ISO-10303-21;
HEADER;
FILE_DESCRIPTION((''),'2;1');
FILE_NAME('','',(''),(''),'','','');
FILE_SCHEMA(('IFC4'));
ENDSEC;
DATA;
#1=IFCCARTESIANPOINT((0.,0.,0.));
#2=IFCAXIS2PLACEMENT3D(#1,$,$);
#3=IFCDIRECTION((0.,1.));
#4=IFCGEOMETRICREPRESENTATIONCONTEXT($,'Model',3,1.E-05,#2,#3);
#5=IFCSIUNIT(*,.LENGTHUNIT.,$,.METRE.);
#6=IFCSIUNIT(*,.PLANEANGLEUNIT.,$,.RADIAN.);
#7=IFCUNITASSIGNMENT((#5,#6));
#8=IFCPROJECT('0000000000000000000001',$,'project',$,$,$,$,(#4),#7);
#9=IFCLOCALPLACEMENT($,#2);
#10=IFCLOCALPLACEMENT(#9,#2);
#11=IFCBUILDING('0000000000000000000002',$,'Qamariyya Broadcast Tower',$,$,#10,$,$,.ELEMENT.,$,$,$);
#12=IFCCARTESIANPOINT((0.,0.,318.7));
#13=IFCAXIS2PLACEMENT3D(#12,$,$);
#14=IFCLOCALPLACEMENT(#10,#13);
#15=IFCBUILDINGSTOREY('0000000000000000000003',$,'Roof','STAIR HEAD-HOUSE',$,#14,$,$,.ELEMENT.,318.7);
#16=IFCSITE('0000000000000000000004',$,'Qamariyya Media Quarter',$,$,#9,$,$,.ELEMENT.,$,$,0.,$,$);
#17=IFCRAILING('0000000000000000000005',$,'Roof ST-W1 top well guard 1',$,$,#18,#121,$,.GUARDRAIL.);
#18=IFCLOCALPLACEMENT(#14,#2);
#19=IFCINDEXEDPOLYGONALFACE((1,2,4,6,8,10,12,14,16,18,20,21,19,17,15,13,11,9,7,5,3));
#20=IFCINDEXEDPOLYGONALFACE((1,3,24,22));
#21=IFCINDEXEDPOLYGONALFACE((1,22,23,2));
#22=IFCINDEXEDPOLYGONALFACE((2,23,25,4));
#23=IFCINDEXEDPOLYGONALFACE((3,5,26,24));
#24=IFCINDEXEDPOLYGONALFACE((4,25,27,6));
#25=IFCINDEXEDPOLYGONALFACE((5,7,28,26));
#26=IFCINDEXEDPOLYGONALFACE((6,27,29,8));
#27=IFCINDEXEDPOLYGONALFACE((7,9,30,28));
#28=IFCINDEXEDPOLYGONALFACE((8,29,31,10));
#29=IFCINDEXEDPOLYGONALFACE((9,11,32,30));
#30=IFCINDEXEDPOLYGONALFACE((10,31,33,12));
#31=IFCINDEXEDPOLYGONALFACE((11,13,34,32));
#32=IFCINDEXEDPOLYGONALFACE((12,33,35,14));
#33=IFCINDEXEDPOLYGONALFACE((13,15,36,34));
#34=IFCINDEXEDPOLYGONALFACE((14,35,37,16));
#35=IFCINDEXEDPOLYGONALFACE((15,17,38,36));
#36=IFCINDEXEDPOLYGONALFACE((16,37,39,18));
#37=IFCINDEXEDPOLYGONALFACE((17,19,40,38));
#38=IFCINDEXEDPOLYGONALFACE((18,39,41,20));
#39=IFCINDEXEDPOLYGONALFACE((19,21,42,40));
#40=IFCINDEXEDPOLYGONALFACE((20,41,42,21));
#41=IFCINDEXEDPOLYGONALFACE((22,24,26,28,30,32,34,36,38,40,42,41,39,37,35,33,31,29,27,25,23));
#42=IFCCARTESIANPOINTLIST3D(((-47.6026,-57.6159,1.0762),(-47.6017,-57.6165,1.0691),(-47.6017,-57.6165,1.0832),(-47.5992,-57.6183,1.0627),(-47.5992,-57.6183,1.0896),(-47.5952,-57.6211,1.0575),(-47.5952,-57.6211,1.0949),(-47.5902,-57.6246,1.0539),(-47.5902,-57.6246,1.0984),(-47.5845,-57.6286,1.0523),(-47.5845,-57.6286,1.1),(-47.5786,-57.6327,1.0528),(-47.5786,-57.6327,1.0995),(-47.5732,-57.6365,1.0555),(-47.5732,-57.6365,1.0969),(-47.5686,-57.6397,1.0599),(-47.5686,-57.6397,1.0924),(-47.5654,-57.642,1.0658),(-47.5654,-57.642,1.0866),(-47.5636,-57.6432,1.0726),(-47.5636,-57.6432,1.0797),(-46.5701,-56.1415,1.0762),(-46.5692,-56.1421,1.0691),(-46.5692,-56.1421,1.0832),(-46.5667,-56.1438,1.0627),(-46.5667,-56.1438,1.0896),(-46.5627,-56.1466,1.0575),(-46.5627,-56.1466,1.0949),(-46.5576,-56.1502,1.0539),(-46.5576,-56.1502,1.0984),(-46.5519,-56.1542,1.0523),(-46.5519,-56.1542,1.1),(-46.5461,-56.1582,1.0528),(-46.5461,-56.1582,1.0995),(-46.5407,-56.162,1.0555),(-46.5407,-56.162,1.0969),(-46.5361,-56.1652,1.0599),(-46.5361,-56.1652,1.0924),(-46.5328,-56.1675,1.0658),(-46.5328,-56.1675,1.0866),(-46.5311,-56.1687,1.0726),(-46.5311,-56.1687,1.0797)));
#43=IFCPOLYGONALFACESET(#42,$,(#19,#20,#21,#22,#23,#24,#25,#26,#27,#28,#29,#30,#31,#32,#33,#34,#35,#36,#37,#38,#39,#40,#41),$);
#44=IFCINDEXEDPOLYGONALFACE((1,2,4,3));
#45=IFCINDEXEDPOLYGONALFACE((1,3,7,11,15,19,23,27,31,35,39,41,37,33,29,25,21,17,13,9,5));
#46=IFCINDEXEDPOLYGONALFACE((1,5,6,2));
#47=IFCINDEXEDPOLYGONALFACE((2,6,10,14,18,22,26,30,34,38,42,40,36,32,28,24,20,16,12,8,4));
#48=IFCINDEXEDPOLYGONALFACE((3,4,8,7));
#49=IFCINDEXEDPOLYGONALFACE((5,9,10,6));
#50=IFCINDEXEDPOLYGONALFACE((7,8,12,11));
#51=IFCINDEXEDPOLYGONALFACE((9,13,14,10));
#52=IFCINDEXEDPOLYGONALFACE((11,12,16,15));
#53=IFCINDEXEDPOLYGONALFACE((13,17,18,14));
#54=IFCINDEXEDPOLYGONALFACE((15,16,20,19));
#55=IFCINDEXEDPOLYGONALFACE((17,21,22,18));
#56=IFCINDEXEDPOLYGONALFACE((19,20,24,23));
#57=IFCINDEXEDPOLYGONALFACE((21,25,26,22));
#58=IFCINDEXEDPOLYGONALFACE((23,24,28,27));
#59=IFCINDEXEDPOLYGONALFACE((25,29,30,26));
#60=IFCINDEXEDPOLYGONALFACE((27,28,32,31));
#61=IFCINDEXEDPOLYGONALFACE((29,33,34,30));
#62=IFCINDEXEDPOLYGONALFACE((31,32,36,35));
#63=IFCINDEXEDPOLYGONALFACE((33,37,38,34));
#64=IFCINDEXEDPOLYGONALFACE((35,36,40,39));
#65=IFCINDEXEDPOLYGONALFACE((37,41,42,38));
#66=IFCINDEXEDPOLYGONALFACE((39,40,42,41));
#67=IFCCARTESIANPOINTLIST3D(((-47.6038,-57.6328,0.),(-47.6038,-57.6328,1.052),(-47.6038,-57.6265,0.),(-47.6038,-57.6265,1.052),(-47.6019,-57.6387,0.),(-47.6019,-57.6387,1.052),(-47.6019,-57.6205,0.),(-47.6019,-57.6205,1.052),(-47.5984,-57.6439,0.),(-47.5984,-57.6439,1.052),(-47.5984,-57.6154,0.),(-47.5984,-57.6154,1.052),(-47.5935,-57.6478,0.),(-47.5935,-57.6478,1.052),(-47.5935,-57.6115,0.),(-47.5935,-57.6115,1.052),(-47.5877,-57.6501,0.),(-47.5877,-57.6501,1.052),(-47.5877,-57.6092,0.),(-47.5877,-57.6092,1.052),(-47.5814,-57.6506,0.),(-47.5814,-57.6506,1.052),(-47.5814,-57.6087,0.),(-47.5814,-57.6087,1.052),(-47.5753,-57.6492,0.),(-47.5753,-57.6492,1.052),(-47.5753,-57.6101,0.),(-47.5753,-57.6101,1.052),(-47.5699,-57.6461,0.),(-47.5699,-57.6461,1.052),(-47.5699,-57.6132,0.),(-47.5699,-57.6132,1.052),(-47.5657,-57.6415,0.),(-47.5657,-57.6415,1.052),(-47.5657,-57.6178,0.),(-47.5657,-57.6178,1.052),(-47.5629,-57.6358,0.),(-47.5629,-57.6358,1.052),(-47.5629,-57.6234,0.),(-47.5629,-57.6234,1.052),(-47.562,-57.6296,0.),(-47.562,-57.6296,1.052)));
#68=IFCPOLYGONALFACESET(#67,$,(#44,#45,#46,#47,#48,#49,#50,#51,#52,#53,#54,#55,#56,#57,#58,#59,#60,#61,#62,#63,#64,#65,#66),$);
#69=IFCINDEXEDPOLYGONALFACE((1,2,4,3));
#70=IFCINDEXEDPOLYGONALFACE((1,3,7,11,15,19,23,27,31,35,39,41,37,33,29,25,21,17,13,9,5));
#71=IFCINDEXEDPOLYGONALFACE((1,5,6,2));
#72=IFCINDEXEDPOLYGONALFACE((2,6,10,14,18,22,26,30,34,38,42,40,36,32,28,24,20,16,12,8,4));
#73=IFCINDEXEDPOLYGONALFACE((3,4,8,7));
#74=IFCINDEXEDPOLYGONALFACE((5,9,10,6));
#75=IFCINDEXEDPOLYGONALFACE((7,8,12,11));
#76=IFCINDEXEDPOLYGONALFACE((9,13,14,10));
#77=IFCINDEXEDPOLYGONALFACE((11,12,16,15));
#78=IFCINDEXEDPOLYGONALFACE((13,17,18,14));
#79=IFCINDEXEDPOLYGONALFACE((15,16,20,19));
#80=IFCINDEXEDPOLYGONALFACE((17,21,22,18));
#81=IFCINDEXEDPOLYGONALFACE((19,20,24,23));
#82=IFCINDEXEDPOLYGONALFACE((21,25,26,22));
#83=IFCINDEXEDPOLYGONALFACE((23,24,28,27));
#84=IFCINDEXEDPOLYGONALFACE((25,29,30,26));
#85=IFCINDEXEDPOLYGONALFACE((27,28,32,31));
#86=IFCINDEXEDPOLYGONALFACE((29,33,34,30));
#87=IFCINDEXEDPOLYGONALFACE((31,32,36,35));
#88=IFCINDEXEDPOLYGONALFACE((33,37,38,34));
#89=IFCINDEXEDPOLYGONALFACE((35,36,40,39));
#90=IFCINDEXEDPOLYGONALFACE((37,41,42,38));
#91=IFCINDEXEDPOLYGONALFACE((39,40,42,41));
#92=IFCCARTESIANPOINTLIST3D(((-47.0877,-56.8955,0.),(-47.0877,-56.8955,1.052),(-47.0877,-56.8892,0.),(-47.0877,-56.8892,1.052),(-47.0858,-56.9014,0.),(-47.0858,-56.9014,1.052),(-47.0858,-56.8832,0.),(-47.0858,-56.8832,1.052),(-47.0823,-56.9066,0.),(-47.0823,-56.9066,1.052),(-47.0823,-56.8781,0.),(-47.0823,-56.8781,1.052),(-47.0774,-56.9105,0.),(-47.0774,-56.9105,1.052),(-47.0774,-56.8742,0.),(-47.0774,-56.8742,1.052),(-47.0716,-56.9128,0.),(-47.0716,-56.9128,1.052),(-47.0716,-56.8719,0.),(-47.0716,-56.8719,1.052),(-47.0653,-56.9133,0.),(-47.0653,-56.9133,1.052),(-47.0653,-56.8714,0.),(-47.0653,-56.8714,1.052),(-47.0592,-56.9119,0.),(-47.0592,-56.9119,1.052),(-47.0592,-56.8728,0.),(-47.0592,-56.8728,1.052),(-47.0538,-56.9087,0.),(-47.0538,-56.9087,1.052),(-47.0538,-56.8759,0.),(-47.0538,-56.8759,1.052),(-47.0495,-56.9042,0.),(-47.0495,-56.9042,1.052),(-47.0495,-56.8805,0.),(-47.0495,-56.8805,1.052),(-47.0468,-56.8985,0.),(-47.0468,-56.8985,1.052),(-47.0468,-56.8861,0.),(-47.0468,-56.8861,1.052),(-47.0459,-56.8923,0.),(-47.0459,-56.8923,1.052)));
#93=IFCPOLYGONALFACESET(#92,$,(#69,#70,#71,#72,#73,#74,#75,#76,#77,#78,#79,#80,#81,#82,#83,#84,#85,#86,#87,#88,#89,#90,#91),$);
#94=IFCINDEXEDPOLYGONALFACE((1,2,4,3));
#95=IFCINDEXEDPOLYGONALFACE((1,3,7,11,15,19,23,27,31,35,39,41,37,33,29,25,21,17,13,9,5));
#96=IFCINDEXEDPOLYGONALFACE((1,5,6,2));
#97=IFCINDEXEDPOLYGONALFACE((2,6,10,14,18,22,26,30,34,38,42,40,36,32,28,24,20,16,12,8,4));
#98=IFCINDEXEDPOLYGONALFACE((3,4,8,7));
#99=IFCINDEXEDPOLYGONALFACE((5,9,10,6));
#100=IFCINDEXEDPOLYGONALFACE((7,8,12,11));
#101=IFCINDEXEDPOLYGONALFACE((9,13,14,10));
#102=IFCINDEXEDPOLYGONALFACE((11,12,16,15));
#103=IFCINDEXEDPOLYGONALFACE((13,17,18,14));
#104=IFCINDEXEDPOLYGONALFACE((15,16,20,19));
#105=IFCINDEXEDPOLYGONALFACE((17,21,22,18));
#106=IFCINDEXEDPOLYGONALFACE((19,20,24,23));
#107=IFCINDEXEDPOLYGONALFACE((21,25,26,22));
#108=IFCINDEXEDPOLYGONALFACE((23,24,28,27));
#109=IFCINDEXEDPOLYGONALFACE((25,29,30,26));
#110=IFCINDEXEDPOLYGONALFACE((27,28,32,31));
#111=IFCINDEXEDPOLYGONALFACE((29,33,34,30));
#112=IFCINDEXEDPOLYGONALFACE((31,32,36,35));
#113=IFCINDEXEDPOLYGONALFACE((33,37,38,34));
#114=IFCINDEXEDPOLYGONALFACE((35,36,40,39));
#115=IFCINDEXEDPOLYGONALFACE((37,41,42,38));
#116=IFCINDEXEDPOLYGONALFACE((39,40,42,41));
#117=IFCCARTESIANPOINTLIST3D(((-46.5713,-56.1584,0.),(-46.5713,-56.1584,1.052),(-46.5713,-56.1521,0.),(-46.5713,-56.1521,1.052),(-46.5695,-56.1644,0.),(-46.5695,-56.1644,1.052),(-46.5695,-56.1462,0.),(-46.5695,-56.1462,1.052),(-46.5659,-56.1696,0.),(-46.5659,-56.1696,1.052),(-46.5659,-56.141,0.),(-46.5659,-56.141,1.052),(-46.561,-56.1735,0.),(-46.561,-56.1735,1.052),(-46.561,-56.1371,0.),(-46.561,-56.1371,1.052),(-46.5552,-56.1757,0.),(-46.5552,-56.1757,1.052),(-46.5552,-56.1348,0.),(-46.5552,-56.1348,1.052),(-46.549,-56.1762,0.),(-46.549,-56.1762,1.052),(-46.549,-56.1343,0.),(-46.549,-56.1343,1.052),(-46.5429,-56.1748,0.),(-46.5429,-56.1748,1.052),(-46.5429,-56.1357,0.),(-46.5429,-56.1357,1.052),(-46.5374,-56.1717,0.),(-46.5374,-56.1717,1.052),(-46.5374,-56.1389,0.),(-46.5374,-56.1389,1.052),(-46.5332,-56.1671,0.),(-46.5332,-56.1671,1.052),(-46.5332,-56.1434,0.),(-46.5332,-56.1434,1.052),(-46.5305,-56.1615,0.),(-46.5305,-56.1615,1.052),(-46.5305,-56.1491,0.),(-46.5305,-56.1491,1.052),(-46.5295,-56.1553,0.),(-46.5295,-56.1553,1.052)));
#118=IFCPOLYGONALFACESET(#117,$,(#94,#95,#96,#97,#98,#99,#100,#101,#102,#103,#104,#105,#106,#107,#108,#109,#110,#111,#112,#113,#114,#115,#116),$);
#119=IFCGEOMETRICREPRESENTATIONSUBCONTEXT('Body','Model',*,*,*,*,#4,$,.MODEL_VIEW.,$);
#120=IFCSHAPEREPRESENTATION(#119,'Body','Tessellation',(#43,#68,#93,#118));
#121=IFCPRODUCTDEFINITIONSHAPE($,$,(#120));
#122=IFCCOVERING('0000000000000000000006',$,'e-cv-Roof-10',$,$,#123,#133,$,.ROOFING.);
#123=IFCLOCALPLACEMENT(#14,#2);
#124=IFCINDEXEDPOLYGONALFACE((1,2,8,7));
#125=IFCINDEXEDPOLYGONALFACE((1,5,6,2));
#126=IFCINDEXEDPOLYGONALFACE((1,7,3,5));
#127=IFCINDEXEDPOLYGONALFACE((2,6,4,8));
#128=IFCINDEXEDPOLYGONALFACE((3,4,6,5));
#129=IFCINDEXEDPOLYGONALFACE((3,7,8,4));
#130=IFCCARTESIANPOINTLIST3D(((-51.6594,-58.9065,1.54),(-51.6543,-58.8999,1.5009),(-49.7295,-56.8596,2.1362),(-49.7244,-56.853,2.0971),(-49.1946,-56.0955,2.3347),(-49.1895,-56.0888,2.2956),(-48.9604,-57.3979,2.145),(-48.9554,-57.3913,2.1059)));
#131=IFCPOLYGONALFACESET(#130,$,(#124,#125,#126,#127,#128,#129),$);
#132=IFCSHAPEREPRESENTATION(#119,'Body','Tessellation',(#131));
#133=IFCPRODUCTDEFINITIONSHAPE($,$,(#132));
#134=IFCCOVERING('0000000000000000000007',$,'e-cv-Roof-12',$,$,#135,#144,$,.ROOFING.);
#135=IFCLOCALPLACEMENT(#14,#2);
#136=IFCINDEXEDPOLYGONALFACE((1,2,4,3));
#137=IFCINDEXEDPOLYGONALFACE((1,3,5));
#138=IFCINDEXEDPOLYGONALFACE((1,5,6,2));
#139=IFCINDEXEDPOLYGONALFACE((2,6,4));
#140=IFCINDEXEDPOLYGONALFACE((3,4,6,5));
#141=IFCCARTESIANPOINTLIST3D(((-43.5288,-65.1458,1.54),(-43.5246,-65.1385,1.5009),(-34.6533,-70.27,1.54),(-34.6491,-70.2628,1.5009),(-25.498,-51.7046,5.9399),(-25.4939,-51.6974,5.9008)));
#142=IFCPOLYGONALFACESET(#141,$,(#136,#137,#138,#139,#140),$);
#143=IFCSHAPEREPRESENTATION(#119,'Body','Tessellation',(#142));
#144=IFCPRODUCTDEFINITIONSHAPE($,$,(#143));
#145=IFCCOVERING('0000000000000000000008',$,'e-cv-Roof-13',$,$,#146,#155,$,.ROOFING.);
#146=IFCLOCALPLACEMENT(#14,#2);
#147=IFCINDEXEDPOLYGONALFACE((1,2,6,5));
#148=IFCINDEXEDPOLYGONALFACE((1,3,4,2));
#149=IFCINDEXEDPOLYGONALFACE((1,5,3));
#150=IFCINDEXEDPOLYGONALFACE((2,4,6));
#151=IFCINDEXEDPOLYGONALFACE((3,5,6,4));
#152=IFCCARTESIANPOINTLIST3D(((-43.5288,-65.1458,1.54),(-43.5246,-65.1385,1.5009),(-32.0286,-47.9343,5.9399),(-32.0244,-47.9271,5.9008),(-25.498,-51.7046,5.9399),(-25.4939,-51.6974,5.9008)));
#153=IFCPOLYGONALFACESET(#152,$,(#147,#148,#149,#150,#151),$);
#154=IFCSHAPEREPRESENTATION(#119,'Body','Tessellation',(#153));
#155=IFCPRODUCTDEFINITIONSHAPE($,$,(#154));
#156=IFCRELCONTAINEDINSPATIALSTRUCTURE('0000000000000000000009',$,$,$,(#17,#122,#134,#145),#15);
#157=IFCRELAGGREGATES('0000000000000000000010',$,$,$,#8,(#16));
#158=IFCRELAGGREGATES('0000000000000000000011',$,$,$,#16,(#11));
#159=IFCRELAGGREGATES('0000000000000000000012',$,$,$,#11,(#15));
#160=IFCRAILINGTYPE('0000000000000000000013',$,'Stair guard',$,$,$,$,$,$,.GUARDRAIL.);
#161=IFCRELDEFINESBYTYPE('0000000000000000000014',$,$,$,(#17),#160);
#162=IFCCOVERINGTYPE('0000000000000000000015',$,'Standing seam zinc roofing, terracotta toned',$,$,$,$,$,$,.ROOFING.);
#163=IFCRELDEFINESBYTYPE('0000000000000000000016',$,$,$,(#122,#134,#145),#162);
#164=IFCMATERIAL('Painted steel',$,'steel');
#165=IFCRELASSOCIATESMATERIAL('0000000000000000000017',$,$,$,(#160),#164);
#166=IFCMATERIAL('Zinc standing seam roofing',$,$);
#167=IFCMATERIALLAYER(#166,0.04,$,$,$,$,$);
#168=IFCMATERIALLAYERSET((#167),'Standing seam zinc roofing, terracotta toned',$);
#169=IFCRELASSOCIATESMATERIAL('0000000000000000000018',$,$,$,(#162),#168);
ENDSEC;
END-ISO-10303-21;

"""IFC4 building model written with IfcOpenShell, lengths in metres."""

from ifc_helpers import new_model, si_unit, direction, frame, origin, origin_2d, place, context, subcontext, project, spatial, polyline, circle, outline, extrude, material, layer, layer_set, type_object, element, save


model = new_model("IFC4")

# Units and contexts
model_context = context("Model", 3, precision=1e-05, world=origin(), true_north=direction((0.0, 1.0)))
body_context = subcontext(model_context, "Body", "Model", "MODEL_VIEW")
ifc_project = project(units=[si_unit("LENGTHUNIT", "METRE"), si_unit("PLANEANGLEUNIT", "RADIAN")], contexts=[model_context])

# Site, building, storey
site_placement = place(None, origin())
site = spatial("IfcSite", under=ifc_project, at=site_placement, Name="Qamariyya Media Quarter", CompositionType="ELEMENT", RefElevation=0.0)
building_placement = place(site_placement, origin())
building = spatial("IfcBuilding", under=site, at=building_placement, Name="Qamariyya Broadcast Tower", CompositionType="ELEMENT")
storey_placement = place(building_placement, frame((0.0, 0.0, 318.7)))
storey = spatial("IfcBuildingStorey", under=building, at=storey_placement, Name="Roof", Description="STAIR HEAD-HOUSE", CompositionType="ELEMENT", Elevation=318.7)

# Railing
ifc_material_1 = material(Name="Painted steel", Category="steel")
railing_type = type_object("IfcRailingType", Name="Stair guard", PredefinedType="GUARDRAIL", material=ifc_material_1)
railing_1_placement = place(storey_placement, frame((-47.583, -57.6296, 0.0)))
element("IfcRailing", 1, at=railing_1_placement, inside=storey, type_object=railing_type, Name="Roof ST-W1 top well guard 1", PredefinedType="GUARDRAIL", context=body_context, shape_type="SweptSolid", body=[
    extrude(circle(Radius=0.0239, at=origin_2d()), frame((0.0, 0.0, 1.0762), z_axis=(0.573617, 0.819124, 0.0), x_axis=(-0.819124, 0.573617, 0.0)), (0.0, 0.0, 1.0), 1.8),
    extrude(circle(Radius=0.021, at=origin_2d()), origin(), (0.0, 0.0, 1.0), 1.052),
    extrude(circle(Radius=0.021, at=origin_2d()), frame((0.5161, 0.7373, 0.0)), (0.0, 0.0, 1.0), 1.052),
    extrude(circle(Radius=0.021, at=origin_2d()), frame((1.0325, 1.4744, 0.0)), (0.0, 0.0, 1.0), 1.052),
])

# Coverings
ifc_material_2 = material(Name="Zinc standing seam roofing")
ifc_layer_1 = layer(ifc_material_2, 0.04)
ifc_layer_set_1 = layer_set([ifc_layer_1], Name="Standing seam zinc roofing, terracotta toned")
covering_type = type_object("IfcCoveringType", Name="Standing seam zinc roofing, terracotta toned", PredefinedType="ROOFING", material=ifc_layer_set_1)
covering_1_placement = place(storey_placement, frame((-49.1946, -56.0955, 2.3347), z_axis=(-0.126874, -0.165252, 0.978057), x_axis=(-0.644882, -0.735457, -0.207917)))
element("IfcCovering", 2, at=covering_1_placement, inside=storey, type_object=covering_type, Name="e-cv-Roof-10", PredefinedType="ROOFING", context=body_context, shape_type="SweptSolid", body=[
    extrude(outline(polyline([(0.0, 0.0), (3.8222, 0.0), (0.8464, 1.0349), (0.9482, 0.1016), (0.0, 0.0)])), origin(), (0.0, 0.0, -1.0), 0.04),
])
covering_2_placement = place(storey_placement, frame((-43.5288, -65.1458, 1.54), z_axis=(-0.104168, -0.180425, 0.978057), x_axis=(0.866025, -0.5, 0.0)))
element("IfcCovering", 3, at=covering_2_placement, inside=storey, type_object=covering_type, Name="e-cv-Roof-12", PredefinedType="ROOFING", context=body_context, shape_type="SweptSolid", body=[
    extrude(outline(polyline([(0.0, 0.0), (10.2485, 0.0), (8.8945, 21.1192), (0.0, 0.0)])), origin(), (0.0, 0.0, -1.0), 0.04),
])
covering_3_placement = place(storey_placement, frame((-43.5288, -65.1458, 1.54), z_axis=(-0.104166, -0.180428, 0.978057), x_axis=(0.786828, 0.586546, 0.192003)))
element("IfcCovering", 4, at=covering_3_placement, inside=storey, type_object=covering_type, Name="e-cv-Roof-13", PredefinedType="ROOFING", context=body_context, shape_type="SweptSolid", body=[
    extrude(outline(polyline([(0.0, 0.0), (22.9158, 0.0), (19.9888, 6.9495), (0.0, 0.0)])), origin(), (0.0, 0.0, -1.0), 0.04),
])

save(model, "model.ifc")
